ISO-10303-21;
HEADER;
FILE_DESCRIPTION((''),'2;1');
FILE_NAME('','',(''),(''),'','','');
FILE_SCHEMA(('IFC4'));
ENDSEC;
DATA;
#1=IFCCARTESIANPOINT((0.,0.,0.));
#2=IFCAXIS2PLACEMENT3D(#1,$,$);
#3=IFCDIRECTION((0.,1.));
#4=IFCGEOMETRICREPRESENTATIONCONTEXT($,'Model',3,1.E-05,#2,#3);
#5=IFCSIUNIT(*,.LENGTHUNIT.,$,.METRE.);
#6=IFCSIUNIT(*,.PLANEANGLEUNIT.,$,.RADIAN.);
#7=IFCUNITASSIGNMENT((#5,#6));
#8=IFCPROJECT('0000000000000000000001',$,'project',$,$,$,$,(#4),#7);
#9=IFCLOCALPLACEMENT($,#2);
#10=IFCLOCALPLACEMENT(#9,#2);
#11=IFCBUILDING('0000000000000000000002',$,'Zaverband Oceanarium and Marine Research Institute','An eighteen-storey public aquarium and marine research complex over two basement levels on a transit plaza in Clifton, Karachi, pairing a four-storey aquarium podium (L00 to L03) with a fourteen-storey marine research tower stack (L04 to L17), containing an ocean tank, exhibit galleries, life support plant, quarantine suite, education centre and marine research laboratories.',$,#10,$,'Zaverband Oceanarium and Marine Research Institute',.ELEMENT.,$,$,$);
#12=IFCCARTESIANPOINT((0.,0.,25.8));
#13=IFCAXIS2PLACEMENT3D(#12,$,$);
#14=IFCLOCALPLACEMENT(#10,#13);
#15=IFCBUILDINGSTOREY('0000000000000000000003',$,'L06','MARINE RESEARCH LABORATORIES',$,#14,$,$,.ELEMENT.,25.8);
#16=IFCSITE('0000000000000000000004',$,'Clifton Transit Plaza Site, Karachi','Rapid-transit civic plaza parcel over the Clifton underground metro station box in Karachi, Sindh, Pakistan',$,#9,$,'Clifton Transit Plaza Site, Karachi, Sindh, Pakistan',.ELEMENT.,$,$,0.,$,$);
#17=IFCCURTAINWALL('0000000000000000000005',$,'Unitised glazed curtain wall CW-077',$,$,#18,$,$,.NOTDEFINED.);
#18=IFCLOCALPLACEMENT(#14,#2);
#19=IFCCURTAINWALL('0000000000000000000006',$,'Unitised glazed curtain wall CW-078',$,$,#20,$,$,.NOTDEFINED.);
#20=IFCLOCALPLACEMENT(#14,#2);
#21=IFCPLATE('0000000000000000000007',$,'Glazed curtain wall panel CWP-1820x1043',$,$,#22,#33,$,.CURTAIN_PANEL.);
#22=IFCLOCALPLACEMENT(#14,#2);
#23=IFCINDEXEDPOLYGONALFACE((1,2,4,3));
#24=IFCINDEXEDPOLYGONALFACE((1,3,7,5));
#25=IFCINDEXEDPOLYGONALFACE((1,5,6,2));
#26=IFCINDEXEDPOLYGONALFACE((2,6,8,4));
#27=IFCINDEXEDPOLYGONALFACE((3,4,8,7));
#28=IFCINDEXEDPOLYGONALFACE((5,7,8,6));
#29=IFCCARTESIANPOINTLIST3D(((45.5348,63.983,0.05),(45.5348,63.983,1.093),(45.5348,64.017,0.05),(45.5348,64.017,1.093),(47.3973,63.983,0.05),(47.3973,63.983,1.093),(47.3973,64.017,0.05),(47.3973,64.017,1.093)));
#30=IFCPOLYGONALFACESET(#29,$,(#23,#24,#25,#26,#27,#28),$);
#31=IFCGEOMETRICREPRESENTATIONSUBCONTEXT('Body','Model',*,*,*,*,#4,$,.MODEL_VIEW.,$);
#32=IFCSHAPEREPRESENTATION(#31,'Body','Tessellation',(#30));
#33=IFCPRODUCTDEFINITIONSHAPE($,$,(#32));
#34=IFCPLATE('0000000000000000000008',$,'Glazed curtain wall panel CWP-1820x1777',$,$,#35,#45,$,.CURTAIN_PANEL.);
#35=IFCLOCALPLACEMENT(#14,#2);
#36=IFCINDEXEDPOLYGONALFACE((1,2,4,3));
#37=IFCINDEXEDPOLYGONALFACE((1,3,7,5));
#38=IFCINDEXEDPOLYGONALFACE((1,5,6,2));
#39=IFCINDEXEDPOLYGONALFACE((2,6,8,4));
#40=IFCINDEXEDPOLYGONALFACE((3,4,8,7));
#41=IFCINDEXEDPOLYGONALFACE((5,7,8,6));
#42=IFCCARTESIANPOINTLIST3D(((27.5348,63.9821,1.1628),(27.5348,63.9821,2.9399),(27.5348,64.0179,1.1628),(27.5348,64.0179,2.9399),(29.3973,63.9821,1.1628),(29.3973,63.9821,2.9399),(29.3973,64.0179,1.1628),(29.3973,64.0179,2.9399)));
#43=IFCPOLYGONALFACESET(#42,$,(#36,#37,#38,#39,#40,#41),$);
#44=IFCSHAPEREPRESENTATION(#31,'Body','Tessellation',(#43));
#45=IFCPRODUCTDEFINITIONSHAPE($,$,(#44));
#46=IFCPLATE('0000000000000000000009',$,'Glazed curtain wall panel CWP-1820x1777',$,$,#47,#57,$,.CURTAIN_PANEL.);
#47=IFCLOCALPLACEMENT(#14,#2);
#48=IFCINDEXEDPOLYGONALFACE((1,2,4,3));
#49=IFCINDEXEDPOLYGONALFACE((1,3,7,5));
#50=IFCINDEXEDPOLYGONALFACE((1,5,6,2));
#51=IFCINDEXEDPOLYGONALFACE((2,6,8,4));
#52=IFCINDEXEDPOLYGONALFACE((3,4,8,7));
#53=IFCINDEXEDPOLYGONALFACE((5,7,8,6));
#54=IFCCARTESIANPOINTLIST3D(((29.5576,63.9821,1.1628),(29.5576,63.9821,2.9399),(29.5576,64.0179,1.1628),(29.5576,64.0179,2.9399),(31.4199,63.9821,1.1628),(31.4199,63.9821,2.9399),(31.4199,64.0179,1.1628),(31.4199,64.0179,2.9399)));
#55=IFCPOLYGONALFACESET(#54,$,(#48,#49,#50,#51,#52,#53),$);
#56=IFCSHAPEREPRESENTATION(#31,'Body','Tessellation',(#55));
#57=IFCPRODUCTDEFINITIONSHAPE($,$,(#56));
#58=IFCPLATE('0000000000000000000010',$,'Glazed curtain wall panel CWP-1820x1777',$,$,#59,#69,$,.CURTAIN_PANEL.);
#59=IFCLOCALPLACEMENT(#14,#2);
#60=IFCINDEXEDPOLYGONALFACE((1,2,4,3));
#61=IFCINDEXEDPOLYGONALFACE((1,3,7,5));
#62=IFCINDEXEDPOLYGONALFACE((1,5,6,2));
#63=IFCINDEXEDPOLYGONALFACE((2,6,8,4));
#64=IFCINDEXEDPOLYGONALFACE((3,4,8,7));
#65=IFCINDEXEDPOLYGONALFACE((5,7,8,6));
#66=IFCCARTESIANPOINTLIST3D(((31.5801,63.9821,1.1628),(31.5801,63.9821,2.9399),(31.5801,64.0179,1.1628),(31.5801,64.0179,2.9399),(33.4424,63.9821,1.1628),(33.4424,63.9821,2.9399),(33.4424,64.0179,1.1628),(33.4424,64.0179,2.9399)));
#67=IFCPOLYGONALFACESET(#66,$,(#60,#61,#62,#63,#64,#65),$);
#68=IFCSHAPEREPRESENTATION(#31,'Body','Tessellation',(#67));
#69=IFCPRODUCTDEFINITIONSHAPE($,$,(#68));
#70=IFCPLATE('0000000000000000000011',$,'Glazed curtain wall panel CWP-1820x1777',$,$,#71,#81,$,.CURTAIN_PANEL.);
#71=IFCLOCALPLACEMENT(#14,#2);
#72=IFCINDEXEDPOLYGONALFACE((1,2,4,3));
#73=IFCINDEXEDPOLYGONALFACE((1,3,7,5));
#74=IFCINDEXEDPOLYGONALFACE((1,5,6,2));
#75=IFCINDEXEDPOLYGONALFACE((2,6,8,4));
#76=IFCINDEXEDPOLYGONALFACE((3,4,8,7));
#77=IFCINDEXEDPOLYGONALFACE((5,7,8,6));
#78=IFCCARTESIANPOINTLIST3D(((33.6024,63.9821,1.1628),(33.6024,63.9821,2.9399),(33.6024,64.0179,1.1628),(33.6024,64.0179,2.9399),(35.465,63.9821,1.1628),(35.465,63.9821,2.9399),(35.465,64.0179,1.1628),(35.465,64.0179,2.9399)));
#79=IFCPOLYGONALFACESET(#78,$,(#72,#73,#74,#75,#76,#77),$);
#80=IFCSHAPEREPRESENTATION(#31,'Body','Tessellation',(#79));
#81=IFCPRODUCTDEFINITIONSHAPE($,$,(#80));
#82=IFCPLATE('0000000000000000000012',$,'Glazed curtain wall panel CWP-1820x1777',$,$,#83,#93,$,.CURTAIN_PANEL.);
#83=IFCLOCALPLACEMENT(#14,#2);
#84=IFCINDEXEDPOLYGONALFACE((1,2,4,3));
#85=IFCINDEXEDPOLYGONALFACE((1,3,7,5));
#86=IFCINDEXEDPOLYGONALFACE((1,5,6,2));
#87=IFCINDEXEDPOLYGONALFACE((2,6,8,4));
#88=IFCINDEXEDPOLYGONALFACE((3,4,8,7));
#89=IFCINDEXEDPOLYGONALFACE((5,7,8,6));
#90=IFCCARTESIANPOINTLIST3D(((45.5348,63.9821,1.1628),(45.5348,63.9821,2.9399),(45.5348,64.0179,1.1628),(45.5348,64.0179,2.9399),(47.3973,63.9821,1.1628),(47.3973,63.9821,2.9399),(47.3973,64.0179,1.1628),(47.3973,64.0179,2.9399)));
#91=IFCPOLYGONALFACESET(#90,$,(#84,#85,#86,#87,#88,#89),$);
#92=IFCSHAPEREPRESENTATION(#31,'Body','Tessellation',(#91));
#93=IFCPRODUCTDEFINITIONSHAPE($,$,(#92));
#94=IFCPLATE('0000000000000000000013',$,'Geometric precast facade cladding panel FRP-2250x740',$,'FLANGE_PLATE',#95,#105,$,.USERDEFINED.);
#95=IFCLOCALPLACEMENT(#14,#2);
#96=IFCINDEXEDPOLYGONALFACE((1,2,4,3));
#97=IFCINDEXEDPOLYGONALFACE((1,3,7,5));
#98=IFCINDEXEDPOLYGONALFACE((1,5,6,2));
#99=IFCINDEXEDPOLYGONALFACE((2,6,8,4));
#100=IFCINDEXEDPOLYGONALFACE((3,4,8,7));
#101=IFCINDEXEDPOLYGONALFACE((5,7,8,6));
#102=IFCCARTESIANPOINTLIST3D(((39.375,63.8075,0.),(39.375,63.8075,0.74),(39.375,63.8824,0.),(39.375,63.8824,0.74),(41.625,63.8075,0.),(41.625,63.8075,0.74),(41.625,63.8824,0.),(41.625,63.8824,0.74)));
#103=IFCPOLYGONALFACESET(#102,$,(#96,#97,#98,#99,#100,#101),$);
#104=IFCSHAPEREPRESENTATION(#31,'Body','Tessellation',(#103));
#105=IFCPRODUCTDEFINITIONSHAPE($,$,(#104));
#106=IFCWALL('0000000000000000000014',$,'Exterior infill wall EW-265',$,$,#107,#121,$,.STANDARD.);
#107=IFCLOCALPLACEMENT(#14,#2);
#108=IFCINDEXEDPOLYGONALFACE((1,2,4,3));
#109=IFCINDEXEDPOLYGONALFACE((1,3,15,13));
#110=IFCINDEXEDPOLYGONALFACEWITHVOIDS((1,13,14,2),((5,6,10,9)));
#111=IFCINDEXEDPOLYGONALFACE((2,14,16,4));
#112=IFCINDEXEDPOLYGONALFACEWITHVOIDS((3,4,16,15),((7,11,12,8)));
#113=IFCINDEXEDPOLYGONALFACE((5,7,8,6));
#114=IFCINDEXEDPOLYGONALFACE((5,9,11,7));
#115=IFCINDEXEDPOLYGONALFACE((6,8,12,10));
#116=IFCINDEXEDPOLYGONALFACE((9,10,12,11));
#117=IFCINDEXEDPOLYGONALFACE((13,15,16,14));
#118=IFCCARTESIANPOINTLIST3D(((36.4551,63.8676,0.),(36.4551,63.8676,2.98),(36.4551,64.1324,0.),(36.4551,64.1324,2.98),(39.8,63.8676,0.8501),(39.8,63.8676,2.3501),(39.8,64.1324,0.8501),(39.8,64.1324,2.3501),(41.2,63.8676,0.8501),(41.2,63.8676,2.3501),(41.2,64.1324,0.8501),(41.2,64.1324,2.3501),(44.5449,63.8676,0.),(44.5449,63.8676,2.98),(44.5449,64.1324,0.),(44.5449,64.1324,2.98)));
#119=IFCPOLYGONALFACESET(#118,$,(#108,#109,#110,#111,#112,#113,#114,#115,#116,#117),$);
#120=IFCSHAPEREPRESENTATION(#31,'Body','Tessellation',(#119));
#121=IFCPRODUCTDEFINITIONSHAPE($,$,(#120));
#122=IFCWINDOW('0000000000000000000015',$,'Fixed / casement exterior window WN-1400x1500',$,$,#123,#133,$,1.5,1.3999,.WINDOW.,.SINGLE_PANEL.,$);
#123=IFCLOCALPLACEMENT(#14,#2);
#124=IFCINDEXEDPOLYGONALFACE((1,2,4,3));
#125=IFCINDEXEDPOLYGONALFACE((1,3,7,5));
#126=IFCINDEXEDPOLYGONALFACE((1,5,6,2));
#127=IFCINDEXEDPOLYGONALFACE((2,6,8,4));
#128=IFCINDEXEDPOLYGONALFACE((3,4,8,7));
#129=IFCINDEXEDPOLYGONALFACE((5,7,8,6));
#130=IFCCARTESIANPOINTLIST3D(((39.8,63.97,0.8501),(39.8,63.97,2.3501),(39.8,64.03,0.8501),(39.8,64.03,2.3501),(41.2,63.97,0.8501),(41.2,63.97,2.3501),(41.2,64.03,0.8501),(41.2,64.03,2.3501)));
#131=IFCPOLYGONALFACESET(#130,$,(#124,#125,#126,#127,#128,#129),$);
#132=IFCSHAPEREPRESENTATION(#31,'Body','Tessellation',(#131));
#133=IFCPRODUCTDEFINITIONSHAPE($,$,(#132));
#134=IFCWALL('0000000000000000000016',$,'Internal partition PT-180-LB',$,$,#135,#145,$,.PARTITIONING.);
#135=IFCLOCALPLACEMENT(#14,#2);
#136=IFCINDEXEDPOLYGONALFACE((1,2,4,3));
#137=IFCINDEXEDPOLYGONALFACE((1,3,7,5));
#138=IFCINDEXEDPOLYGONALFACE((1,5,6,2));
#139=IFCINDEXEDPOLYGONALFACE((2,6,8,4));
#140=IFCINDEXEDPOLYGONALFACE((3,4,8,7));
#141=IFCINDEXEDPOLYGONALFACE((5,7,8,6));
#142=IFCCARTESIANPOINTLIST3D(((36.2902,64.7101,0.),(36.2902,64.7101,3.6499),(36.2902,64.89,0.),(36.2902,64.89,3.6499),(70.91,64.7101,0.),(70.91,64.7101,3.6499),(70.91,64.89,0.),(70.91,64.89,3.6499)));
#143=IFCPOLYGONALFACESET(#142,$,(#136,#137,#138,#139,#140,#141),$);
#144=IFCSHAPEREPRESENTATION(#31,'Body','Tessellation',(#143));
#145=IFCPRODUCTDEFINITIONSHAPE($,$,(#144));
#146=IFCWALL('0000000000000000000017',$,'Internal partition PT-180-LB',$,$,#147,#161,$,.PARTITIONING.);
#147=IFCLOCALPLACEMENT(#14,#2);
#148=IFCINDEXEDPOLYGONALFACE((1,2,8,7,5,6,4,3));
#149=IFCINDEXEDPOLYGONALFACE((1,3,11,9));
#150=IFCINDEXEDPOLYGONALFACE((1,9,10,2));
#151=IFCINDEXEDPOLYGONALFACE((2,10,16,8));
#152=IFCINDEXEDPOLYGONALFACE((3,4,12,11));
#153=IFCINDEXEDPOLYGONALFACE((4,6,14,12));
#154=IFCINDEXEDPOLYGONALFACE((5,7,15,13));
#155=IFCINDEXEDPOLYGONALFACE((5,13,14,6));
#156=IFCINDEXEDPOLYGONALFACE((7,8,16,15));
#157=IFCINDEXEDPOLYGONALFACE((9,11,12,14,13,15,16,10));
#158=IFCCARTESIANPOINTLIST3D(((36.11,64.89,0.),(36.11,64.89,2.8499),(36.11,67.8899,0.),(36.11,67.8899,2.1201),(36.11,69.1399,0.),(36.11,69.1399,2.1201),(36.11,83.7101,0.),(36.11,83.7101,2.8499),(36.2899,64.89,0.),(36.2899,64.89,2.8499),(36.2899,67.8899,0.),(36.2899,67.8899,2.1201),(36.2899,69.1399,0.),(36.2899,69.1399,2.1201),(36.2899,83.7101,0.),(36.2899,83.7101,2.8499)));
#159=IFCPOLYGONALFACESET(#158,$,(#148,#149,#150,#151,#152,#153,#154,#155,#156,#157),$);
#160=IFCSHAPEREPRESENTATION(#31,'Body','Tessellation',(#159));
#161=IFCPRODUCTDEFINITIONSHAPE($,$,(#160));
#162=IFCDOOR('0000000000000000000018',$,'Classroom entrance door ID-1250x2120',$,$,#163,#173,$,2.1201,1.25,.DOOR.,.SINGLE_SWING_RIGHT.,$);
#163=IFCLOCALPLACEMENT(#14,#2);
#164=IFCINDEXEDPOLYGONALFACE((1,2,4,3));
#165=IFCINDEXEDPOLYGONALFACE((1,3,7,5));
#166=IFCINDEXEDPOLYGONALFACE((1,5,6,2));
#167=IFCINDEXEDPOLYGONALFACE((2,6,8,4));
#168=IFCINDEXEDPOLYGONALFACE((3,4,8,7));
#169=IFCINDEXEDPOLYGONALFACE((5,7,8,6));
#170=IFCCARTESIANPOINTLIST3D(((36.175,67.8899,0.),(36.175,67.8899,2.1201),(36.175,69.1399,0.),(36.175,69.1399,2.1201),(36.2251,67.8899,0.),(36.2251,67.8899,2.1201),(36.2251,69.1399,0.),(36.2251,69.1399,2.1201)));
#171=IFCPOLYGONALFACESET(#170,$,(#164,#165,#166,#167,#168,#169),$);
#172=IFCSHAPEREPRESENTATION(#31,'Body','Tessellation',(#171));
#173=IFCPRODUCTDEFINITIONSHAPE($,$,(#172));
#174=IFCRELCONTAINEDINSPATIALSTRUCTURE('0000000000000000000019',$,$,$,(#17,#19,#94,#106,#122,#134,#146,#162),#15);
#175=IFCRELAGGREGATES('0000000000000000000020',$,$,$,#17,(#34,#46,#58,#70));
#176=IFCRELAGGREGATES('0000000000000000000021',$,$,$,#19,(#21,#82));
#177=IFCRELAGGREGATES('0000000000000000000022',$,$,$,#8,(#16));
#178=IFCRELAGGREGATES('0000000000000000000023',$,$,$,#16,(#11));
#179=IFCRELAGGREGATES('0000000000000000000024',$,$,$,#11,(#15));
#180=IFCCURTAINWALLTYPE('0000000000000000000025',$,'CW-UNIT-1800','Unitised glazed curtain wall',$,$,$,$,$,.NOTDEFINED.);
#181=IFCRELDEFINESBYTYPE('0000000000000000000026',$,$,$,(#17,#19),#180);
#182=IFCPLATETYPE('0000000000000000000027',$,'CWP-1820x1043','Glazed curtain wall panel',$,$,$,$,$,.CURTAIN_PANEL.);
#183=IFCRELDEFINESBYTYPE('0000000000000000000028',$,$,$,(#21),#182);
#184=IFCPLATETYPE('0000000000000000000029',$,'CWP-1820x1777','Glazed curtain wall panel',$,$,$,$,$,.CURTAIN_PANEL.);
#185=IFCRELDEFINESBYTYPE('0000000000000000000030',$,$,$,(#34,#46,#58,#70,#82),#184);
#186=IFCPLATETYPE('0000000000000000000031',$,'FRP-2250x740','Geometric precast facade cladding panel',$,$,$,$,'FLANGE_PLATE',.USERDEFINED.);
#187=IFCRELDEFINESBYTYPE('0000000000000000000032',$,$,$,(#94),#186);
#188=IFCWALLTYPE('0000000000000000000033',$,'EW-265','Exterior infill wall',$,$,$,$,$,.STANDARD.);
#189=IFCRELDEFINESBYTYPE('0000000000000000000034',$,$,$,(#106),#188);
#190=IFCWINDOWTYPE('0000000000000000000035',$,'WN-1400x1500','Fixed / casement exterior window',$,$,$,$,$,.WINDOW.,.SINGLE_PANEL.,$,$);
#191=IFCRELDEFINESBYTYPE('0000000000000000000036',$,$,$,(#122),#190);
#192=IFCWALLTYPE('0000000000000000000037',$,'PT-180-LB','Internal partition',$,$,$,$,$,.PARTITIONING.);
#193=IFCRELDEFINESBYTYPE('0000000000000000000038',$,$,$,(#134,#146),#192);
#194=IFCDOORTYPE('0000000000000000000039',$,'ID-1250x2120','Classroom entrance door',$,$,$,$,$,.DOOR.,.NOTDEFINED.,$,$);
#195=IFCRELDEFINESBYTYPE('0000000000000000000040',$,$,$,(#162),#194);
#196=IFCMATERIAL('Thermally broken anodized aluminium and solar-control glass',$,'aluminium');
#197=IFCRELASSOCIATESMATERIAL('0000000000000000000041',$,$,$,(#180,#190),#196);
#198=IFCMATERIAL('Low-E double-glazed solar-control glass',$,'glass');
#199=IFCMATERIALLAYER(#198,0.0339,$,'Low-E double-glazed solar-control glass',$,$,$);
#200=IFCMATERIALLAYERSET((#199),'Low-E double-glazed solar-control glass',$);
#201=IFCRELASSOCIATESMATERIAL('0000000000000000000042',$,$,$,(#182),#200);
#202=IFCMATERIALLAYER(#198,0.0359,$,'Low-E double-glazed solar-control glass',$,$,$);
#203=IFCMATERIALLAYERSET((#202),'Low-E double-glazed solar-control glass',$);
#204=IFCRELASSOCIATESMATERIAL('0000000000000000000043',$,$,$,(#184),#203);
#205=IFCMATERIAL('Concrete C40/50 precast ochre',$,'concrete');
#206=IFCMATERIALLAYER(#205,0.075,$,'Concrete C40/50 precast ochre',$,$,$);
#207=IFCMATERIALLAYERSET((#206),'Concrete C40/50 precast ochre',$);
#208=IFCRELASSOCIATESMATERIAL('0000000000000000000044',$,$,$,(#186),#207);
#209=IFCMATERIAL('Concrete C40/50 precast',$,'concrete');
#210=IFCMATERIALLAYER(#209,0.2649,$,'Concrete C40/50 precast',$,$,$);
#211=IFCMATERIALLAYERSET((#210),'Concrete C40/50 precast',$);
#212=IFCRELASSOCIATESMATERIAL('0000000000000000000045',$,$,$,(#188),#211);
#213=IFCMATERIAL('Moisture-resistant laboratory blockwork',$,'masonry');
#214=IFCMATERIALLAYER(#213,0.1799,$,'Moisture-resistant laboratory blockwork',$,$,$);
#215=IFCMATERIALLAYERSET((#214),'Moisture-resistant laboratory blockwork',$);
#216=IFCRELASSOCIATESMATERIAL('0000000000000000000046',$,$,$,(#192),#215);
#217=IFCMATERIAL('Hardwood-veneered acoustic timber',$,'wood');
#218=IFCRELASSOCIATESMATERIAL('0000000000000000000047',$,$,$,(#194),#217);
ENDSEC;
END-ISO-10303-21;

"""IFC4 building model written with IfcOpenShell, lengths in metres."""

from ifc_helpers import new_model, si_unit, direction, frame, frame_2d, origin, place, context, subcontext, project, spatial, rectangle, extrude, material, layer, layer_set, type_object, element, fill, aggregate, save


model = new_model("IFC4")

# Units and contexts
model_context = context("Model", 3, precision=1e-05, world=origin(), true_north=direction((0.0, 1.0)))
body_context = subcontext(model_context, "Body", "Model", "MODEL_VIEW")
ifc_project = project(units=[si_unit("LENGTHUNIT", "METRE"), si_unit("PLANEANGLEUNIT", "RADIAN")], contexts=[model_context])

# Site, building, storey
site_placement = place(None, origin())
site = spatial("IfcSite", under=ifc_project, at=site_placement, Name="Clifton Transit Plaza Site, Karachi", Description="Rapid-transit civic plaza parcel over the Clifton underground metro station box in Karachi, Sindh, Pakistan", LongName="Clifton Transit Plaza Site, Karachi, Sindh, Pakistan", CompositionType="ELEMENT", RefElevation=0.0)
building_placement = place(site_placement, origin())
building = spatial("IfcBuilding", under=site, at=building_placement, Name="Zaverband Oceanarium and Marine Research Institute", Description="An eighteen-storey public aquarium and marine research complex over two basement levels on a transit plaza in Clifton, Karachi, pairing a four-storey aquarium podium (L00 to L03) with a fourteen-storey marine research tower stack (L04 to L17), containing an ocean tank, exhibit galleries, life support plant, quarantine suite, education centre and marine research laboratories.", LongName="Zaverband Oceanarium and Marine Research Institute", CompositionType="ELEMENT")
storey_placement = place(building_placement, frame((0.0, 0.0, 25.8)))
storey = spatial("IfcBuildingStorey", under=building, at=storey_placement, Name="L06", Description="MARINE RESEARCH LABORATORIES", CompositionType="ELEMENT", Elevation=25.8)

# Curtain wall
ifc_material_1 = material(Name="Thermally broken anodized aluminium and solar-control glass", Category="aluminium")
curtain_wall_type = type_object("IfcCurtainWallType", Name="CW-UNIT-1800", Description="Unitised glazed curtain wall", PredefinedType="NOTDEFINED", material=ifc_material_1)
curtain_wall_1_placement = place(storey_placement, origin())
curtain_wall_1 = element("IfcCurtainWall", 1, at=curtain_wall_1_placement, inside=storey, type_object=curtain_wall_type, Name="Unitised glazed curtain wall CW-077", PredefinedType="NOTDEFINED")

# Curtain wall
curtain_wall_2_placement = place(storey_placement, origin())
curtain_wall_2 = element("IfcCurtainWall", 2, at=curtain_wall_2_placement, inside=storey, type_object=curtain_wall_type, Name="Unitised glazed curtain wall CW-078", PredefinedType="NOTDEFINED")

# Plates
ifc_material_2 = material(Name="Low-E double-glazed solar-control glass", Category="glass")
ifc_layer_1 = layer(ifc_material_2, 0.0339, Name="Low-E double-glazed solar-control glass")
ifc_layer_set_1 = layer_set([ifc_layer_1], Name="Low-E double-glazed solar-control glass")
plate_type_1 = type_object("IfcPlateType", Name="CWP-1820x1043", Description="Glazed curtain wall panel", PredefinedType="CURTAIN_PANEL", material=ifc_layer_set_1)
plate_1_placement = place(storey_placement, frame((45.5349, 64.0, 0.05), z_axis=(0.0, 0.0, 1.0), x_axis=(1.0, 0.0, 0.0)))
plate_1 = element("IfcPlate", 3, at=plate_1_placement, type_object=plate_type_1, Name="Glazed curtain wall panel CWP-1820x1043", PredefinedType="CURTAIN_PANEL", context=body_context, shape_type="SweptSolid", body=[
    extrude(rectangle(XDim=1.8625, YDim=0.0339, at=frame_2d((0.9312, 0.0))), origin(), (0.0, 0.0, 1.0), 1.043),
])
ifc_layer_2 = layer(ifc_material_2, 0.0359, Name="Low-E double-glazed solar-control glass")
ifc_layer_set_2 = layer_set([ifc_layer_2], Name="Low-E double-glazed solar-control glass")
plate_type_2 = type_object("IfcPlateType", Name="CWP-1820x1777", Description="Glazed curtain wall panel", PredefinedType="CURTAIN_PANEL", material=ifc_layer_set_2)
plate_2_placement = place(storey_placement, frame((27.5349, 64.0, 1.1628), z_axis=(0.0, 0.0, 1.0), x_axis=(1.0, 0.0, 0.0)))
plate_2 = element("IfcPlate", 4, at=plate_2_placement, type_object=plate_type_2, Name="Glazed curtain wall panel CWP-1820x1777", PredefinedType="CURTAIN_PANEL", context=body_context, shape_type="SweptSolid", body=[
    extrude(rectangle(XDim=1.8625, YDim=0.0359, at=frame_2d((0.9312, 0.0))), origin(), (0.0, 0.0, 1.0), 1.7771),
])
plate_3_placement = place(storey_placement, frame((29.5576, 64.0, 1.1628), z_axis=(0.0, 0.0, 1.0), x_axis=(1.0, 0.0, 0.0)))
plate_3 = element("IfcPlate", 5, at=plate_3_placement, type_object=plate_type_2, Name="Glazed curtain wall panel CWP-1820x1777", PredefinedType="CURTAIN_PANEL", context=body_context, shape_type="SweptSolid", body=[
    extrude(rectangle(XDim=1.8623, YDim=0.0359, at=frame_2d((0.9312, 0.0))), origin(), (0.0, 0.0, 1.0), 1.7771),
])
plate_4_placement = place(storey_placement, frame((31.5801, 64.0, 1.1628), z_axis=(0.0, 0.0, 1.0), x_axis=(1.0, 0.0, 0.0)))
plate_4 = element("IfcPlate", 6, at=plate_4_placement, type_object=plate_type_2, Name="Glazed curtain wall panel CWP-1820x1777", PredefinedType="CURTAIN_PANEL", context=body_context, shape_type="SweptSolid", body=[
    extrude(rectangle(XDim=1.8623, YDim=0.0359, at=frame_2d((0.9312, 0.0))), origin(), (0.0, 0.0, 1.0), 1.7771),
])
plate_5_placement = place(storey_placement, frame((33.6025, 64.0, 1.1628), z_axis=(0.0, 0.0, 1.0), x_axis=(1.0, 0.0, 0.0)))
plate_5 = element("IfcPlate", 7, at=plate_5_placement, type_object=plate_type_2, Name="Glazed curtain wall panel CWP-1820x1777", PredefinedType="CURTAIN_PANEL", context=body_context, shape_type="SweptSolid", body=[
    extrude(rectangle(XDim=1.8625, YDim=0.0359, at=frame_2d((0.9312, 0.0))), origin(), (0.0, 0.0, 1.0), 1.7771),
])
aggregate(curtain_wall_1, [plate_2, plate_3, plate_4, plate_5])
plate_6_placement = place(storey_placement, frame((45.5349, 64.0, 1.1628), z_axis=(0.0, 0.0, 1.0), x_axis=(1.0, 0.0, 0.0)))
plate_6 = element("IfcPlate", 8, at=plate_6_placement, type_object=plate_type_2, Name="Glazed curtain wall panel CWP-1820x1777", PredefinedType="CURTAIN_PANEL", context=body_context, shape_type="SweptSolid", body=[
    extrude(rectangle(XDim=1.8625, YDim=0.0359, at=frame_2d((0.9312, 0.0))), origin(), (0.0, 0.0, 1.0), 1.7771),
])
aggregate(curtain_wall_2, [plate_1, plate_6])
ifc_material_3 = material(Name="Concrete C40/50 precast ochre", Category="concrete")
ifc_layer_3 = layer(ifc_material_3, 0.075, Name="Concrete C40/50 precast ochre")
ifc_layer_set_3 = layer_set([ifc_layer_3], Name="Concrete C40/50 precast ochre")
plate_type_3 = type_object("IfcPlateType", Name="FRP-2250x740", Description="Geometric precast facade cladding panel", ElementType="FLANGE_PLATE", PredefinedType="USERDEFINED", material=ifc_layer_set_3)
plate_7_placement = place(storey_placement, frame((39.375, 63.845, 0.0), z_axis=(0.0, 0.0, 1.0), x_axis=(1.0, 0.0, 0.0)))
element("IfcPlate", 9, at=plate_7_placement, inside=storey, type_object=plate_type_3, Name="Geometric precast facade cladding panel FRP-2250x740", ObjectType="FLANGE_PLATE", PredefinedType="USERDEFINED", context=body_context, shape_type="SweptSolid", body=[
    extrude(rectangle(XDim=2.25, YDim=0.075, at=frame_2d((1.125, 0.0))), origin(), (0.0, 0.0, 1.0), 0.74),
])

# Wall, opening, window
ifc_material_4 = material(Name="Concrete C40/50 precast", Category="concrete")
ifc_layer_4 = layer(ifc_material_4, 0.2649, Name="Concrete C40/50 precast")
ifc_layer_set_4 = layer_set([ifc_layer_4], Name="Concrete C40/50 precast")
wall_type_1 = type_object("IfcWallType", Name="EW-265", Description="Exterior infill wall", PredefinedType="STANDARD", material=ifc_layer_set_4)
wall_1_placement = place(storey_placement, frame((36.4551, 64.0, 0.0), z_axis=(0.0, 0.0, 1.0), x_axis=(1.0, 0.0, 0.0)))
wall_1 = element("IfcWall", 10, at=wall_1_placement, inside=storey, type_object=wall_type_1, Name="Exterior infill wall EW-265", PredefinedType="STANDARD", context=body_context, shape_type="SweptSolid", body=[
    extrude(rectangle(XDim=8.0898, YDim=0.2649, at=frame_2d((4.0449, 0.0))), origin(), (0.0, 0.0, 1.0), 2.98),
])
opening_1_placement = place(wall_1_placement, frame((3.345, 0.0, 0.8501)))
opening_1 = element("IfcOpeningElement", 11, at=opening_1_placement, cuts=wall_1, PredefinedType="OPENING", context=body_context, shape_type="SweptSolid", body=[
    extrude(rectangle(XDim=1.3999, YDim=1.5, at=frame_2d((0.7, 0.75))), frame((0.0, 0.1445, 0.0), z_axis=(0.0, -1.0, 0.0), x_axis=(1.0, 0.0, 0.0)), (0.0, 0.0, 1.0), 0.2888),
])
window_type = type_object("IfcWindowType", Name="WN-1400x1500", Description="Fixed / casement exterior window", PartitioningType="SINGLE_PANEL", PredefinedType="WINDOW", material=ifc_material_1)
window_placement = place(opening_1_placement, origin())
window = element("IfcWindow", 12, at=window_placement, inside=storey, type_object=window_type, Name="Fixed / casement exterior window WN-1400x1500", OverallHeight=1.5, OverallWidth=1.3999, PartitioningType="SINGLE_PANEL", PredefinedType="WINDOW", context=body_context, shape_type="SweptSolid", body=[
    extrude(rectangle(XDim=1.3999, YDim=1.5, at=frame_2d((0.7, 0.75))), frame((0.0, 0.03, 0.0), z_axis=(0.0, -1.0, 0.0), x_axis=(1.0, 0.0, 0.0)), (0.0, 0.0, 1.0), 0.0601),
])
fill(opening_1, window)

# Wall
ifc_material_5 = material(Name="Moisture-resistant laboratory blockwork", Category="masonry")
ifc_layer_5 = layer(ifc_material_5, 0.1799, Name="Moisture-resistant laboratory blockwork")
ifc_layer_set_5 = layer_set([ifc_layer_5], Name="Moisture-resistant laboratory blockwork")
wall_type_2 = type_object("IfcWallType", Name="PT-180-LB", Description="Internal partition", PredefinedType="PARTITIONING", material=ifc_layer_set_5)
wall_2_placement = place(storey_placement, frame((36.29, 64.8, 0.0), z_axis=(0.0, 0.0, 1.0), x_axis=(1.0, 0.0, 0.0)))
element("IfcWall", 13, at=wall_2_placement, inside=storey, type_object=wall_type_2, Name="Internal partition PT-180-LB", PredefinedType="PARTITIONING", context=body_context, shape_type="SweptSolid", body=[
    extrude(rectangle(XDim=34.6199, YDim=0.1799, at=frame_2d((17.3101, 0.0))), origin(), (0.0, 0.0, 1.0), 3.6499),
])

# Wall, opening, door
wall_3_placement = place(storey_placement, frame((36.2, 64.8899, 0.0), z_axis=(0.0, 0.0, 1.0), x_axis=(0.0, 1.0, 0.0)))
wall_3 = element("IfcWall", 14, at=wall_3_placement, inside=storey, type_object=wall_type_2, Name="Internal partition PT-180-LB", PredefinedType="PARTITIONING", context=body_context, shape_type="SweptSolid", body=[
    extrude(rectangle(XDim=18.8201, YDim=0.1799, at=frame_2d((9.4102, 0.0))), origin(), (0.0, 0.0, 1.0), 2.8499),
])
opening_2_placement = place(wall_3_placement, frame((3.0, 0.0, 0.0)))
opening_2 = element("IfcOpeningElement", 15, at=opening_2_placement, cuts=wall_3, PredefinedType="OPENING", context=body_context, shape_type="SweptSolid", body=[
    extrude(rectangle(XDim=1.25, YDim=2.1201, at=frame_2d((0.625, 1.0601))), frame((0.0, 0.1021, 0.0), z_axis=(0.0, -1.0, 0.0), x_axis=(1.0, 0.0, 0.0)), (0.0, 0.0, 1.0), 0.2039),
])
ifc_material_6 = material(Name="Hardwood-veneered acoustic timber", Category="wood")
door_type = type_object("IfcDoorType", Name="ID-1250x2120", Description="Classroom entrance door", OperationType="NOTDEFINED", PredefinedType="DOOR", material=ifc_material_6)
door_placement = place(opening_2_placement, origin())
door = element("IfcDoor", 16, at=door_placement, inside=storey, type_object=door_type, Name="Classroom entrance door ID-1250x2120", OperationType="SINGLE_SWING_RIGHT", OverallHeight=2.1201, OverallWidth=1.25, PredefinedType="DOOR", context=body_context, shape_type="SweptSolid", body=[
    extrude(rectangle(XDim=1.25, YDim=2.1201, at=frame_2d((0.625, 1.0601))), frame((0.0, 0.0249, 0.0), z_axis=(0.0, -1.0, 0.0), x_axis=(1.0, 0.0, 0.0)), (0.0, 0.0, 1.0), 0.05),
])
fill(opening_2, door)

save(model, "model.ifc")
